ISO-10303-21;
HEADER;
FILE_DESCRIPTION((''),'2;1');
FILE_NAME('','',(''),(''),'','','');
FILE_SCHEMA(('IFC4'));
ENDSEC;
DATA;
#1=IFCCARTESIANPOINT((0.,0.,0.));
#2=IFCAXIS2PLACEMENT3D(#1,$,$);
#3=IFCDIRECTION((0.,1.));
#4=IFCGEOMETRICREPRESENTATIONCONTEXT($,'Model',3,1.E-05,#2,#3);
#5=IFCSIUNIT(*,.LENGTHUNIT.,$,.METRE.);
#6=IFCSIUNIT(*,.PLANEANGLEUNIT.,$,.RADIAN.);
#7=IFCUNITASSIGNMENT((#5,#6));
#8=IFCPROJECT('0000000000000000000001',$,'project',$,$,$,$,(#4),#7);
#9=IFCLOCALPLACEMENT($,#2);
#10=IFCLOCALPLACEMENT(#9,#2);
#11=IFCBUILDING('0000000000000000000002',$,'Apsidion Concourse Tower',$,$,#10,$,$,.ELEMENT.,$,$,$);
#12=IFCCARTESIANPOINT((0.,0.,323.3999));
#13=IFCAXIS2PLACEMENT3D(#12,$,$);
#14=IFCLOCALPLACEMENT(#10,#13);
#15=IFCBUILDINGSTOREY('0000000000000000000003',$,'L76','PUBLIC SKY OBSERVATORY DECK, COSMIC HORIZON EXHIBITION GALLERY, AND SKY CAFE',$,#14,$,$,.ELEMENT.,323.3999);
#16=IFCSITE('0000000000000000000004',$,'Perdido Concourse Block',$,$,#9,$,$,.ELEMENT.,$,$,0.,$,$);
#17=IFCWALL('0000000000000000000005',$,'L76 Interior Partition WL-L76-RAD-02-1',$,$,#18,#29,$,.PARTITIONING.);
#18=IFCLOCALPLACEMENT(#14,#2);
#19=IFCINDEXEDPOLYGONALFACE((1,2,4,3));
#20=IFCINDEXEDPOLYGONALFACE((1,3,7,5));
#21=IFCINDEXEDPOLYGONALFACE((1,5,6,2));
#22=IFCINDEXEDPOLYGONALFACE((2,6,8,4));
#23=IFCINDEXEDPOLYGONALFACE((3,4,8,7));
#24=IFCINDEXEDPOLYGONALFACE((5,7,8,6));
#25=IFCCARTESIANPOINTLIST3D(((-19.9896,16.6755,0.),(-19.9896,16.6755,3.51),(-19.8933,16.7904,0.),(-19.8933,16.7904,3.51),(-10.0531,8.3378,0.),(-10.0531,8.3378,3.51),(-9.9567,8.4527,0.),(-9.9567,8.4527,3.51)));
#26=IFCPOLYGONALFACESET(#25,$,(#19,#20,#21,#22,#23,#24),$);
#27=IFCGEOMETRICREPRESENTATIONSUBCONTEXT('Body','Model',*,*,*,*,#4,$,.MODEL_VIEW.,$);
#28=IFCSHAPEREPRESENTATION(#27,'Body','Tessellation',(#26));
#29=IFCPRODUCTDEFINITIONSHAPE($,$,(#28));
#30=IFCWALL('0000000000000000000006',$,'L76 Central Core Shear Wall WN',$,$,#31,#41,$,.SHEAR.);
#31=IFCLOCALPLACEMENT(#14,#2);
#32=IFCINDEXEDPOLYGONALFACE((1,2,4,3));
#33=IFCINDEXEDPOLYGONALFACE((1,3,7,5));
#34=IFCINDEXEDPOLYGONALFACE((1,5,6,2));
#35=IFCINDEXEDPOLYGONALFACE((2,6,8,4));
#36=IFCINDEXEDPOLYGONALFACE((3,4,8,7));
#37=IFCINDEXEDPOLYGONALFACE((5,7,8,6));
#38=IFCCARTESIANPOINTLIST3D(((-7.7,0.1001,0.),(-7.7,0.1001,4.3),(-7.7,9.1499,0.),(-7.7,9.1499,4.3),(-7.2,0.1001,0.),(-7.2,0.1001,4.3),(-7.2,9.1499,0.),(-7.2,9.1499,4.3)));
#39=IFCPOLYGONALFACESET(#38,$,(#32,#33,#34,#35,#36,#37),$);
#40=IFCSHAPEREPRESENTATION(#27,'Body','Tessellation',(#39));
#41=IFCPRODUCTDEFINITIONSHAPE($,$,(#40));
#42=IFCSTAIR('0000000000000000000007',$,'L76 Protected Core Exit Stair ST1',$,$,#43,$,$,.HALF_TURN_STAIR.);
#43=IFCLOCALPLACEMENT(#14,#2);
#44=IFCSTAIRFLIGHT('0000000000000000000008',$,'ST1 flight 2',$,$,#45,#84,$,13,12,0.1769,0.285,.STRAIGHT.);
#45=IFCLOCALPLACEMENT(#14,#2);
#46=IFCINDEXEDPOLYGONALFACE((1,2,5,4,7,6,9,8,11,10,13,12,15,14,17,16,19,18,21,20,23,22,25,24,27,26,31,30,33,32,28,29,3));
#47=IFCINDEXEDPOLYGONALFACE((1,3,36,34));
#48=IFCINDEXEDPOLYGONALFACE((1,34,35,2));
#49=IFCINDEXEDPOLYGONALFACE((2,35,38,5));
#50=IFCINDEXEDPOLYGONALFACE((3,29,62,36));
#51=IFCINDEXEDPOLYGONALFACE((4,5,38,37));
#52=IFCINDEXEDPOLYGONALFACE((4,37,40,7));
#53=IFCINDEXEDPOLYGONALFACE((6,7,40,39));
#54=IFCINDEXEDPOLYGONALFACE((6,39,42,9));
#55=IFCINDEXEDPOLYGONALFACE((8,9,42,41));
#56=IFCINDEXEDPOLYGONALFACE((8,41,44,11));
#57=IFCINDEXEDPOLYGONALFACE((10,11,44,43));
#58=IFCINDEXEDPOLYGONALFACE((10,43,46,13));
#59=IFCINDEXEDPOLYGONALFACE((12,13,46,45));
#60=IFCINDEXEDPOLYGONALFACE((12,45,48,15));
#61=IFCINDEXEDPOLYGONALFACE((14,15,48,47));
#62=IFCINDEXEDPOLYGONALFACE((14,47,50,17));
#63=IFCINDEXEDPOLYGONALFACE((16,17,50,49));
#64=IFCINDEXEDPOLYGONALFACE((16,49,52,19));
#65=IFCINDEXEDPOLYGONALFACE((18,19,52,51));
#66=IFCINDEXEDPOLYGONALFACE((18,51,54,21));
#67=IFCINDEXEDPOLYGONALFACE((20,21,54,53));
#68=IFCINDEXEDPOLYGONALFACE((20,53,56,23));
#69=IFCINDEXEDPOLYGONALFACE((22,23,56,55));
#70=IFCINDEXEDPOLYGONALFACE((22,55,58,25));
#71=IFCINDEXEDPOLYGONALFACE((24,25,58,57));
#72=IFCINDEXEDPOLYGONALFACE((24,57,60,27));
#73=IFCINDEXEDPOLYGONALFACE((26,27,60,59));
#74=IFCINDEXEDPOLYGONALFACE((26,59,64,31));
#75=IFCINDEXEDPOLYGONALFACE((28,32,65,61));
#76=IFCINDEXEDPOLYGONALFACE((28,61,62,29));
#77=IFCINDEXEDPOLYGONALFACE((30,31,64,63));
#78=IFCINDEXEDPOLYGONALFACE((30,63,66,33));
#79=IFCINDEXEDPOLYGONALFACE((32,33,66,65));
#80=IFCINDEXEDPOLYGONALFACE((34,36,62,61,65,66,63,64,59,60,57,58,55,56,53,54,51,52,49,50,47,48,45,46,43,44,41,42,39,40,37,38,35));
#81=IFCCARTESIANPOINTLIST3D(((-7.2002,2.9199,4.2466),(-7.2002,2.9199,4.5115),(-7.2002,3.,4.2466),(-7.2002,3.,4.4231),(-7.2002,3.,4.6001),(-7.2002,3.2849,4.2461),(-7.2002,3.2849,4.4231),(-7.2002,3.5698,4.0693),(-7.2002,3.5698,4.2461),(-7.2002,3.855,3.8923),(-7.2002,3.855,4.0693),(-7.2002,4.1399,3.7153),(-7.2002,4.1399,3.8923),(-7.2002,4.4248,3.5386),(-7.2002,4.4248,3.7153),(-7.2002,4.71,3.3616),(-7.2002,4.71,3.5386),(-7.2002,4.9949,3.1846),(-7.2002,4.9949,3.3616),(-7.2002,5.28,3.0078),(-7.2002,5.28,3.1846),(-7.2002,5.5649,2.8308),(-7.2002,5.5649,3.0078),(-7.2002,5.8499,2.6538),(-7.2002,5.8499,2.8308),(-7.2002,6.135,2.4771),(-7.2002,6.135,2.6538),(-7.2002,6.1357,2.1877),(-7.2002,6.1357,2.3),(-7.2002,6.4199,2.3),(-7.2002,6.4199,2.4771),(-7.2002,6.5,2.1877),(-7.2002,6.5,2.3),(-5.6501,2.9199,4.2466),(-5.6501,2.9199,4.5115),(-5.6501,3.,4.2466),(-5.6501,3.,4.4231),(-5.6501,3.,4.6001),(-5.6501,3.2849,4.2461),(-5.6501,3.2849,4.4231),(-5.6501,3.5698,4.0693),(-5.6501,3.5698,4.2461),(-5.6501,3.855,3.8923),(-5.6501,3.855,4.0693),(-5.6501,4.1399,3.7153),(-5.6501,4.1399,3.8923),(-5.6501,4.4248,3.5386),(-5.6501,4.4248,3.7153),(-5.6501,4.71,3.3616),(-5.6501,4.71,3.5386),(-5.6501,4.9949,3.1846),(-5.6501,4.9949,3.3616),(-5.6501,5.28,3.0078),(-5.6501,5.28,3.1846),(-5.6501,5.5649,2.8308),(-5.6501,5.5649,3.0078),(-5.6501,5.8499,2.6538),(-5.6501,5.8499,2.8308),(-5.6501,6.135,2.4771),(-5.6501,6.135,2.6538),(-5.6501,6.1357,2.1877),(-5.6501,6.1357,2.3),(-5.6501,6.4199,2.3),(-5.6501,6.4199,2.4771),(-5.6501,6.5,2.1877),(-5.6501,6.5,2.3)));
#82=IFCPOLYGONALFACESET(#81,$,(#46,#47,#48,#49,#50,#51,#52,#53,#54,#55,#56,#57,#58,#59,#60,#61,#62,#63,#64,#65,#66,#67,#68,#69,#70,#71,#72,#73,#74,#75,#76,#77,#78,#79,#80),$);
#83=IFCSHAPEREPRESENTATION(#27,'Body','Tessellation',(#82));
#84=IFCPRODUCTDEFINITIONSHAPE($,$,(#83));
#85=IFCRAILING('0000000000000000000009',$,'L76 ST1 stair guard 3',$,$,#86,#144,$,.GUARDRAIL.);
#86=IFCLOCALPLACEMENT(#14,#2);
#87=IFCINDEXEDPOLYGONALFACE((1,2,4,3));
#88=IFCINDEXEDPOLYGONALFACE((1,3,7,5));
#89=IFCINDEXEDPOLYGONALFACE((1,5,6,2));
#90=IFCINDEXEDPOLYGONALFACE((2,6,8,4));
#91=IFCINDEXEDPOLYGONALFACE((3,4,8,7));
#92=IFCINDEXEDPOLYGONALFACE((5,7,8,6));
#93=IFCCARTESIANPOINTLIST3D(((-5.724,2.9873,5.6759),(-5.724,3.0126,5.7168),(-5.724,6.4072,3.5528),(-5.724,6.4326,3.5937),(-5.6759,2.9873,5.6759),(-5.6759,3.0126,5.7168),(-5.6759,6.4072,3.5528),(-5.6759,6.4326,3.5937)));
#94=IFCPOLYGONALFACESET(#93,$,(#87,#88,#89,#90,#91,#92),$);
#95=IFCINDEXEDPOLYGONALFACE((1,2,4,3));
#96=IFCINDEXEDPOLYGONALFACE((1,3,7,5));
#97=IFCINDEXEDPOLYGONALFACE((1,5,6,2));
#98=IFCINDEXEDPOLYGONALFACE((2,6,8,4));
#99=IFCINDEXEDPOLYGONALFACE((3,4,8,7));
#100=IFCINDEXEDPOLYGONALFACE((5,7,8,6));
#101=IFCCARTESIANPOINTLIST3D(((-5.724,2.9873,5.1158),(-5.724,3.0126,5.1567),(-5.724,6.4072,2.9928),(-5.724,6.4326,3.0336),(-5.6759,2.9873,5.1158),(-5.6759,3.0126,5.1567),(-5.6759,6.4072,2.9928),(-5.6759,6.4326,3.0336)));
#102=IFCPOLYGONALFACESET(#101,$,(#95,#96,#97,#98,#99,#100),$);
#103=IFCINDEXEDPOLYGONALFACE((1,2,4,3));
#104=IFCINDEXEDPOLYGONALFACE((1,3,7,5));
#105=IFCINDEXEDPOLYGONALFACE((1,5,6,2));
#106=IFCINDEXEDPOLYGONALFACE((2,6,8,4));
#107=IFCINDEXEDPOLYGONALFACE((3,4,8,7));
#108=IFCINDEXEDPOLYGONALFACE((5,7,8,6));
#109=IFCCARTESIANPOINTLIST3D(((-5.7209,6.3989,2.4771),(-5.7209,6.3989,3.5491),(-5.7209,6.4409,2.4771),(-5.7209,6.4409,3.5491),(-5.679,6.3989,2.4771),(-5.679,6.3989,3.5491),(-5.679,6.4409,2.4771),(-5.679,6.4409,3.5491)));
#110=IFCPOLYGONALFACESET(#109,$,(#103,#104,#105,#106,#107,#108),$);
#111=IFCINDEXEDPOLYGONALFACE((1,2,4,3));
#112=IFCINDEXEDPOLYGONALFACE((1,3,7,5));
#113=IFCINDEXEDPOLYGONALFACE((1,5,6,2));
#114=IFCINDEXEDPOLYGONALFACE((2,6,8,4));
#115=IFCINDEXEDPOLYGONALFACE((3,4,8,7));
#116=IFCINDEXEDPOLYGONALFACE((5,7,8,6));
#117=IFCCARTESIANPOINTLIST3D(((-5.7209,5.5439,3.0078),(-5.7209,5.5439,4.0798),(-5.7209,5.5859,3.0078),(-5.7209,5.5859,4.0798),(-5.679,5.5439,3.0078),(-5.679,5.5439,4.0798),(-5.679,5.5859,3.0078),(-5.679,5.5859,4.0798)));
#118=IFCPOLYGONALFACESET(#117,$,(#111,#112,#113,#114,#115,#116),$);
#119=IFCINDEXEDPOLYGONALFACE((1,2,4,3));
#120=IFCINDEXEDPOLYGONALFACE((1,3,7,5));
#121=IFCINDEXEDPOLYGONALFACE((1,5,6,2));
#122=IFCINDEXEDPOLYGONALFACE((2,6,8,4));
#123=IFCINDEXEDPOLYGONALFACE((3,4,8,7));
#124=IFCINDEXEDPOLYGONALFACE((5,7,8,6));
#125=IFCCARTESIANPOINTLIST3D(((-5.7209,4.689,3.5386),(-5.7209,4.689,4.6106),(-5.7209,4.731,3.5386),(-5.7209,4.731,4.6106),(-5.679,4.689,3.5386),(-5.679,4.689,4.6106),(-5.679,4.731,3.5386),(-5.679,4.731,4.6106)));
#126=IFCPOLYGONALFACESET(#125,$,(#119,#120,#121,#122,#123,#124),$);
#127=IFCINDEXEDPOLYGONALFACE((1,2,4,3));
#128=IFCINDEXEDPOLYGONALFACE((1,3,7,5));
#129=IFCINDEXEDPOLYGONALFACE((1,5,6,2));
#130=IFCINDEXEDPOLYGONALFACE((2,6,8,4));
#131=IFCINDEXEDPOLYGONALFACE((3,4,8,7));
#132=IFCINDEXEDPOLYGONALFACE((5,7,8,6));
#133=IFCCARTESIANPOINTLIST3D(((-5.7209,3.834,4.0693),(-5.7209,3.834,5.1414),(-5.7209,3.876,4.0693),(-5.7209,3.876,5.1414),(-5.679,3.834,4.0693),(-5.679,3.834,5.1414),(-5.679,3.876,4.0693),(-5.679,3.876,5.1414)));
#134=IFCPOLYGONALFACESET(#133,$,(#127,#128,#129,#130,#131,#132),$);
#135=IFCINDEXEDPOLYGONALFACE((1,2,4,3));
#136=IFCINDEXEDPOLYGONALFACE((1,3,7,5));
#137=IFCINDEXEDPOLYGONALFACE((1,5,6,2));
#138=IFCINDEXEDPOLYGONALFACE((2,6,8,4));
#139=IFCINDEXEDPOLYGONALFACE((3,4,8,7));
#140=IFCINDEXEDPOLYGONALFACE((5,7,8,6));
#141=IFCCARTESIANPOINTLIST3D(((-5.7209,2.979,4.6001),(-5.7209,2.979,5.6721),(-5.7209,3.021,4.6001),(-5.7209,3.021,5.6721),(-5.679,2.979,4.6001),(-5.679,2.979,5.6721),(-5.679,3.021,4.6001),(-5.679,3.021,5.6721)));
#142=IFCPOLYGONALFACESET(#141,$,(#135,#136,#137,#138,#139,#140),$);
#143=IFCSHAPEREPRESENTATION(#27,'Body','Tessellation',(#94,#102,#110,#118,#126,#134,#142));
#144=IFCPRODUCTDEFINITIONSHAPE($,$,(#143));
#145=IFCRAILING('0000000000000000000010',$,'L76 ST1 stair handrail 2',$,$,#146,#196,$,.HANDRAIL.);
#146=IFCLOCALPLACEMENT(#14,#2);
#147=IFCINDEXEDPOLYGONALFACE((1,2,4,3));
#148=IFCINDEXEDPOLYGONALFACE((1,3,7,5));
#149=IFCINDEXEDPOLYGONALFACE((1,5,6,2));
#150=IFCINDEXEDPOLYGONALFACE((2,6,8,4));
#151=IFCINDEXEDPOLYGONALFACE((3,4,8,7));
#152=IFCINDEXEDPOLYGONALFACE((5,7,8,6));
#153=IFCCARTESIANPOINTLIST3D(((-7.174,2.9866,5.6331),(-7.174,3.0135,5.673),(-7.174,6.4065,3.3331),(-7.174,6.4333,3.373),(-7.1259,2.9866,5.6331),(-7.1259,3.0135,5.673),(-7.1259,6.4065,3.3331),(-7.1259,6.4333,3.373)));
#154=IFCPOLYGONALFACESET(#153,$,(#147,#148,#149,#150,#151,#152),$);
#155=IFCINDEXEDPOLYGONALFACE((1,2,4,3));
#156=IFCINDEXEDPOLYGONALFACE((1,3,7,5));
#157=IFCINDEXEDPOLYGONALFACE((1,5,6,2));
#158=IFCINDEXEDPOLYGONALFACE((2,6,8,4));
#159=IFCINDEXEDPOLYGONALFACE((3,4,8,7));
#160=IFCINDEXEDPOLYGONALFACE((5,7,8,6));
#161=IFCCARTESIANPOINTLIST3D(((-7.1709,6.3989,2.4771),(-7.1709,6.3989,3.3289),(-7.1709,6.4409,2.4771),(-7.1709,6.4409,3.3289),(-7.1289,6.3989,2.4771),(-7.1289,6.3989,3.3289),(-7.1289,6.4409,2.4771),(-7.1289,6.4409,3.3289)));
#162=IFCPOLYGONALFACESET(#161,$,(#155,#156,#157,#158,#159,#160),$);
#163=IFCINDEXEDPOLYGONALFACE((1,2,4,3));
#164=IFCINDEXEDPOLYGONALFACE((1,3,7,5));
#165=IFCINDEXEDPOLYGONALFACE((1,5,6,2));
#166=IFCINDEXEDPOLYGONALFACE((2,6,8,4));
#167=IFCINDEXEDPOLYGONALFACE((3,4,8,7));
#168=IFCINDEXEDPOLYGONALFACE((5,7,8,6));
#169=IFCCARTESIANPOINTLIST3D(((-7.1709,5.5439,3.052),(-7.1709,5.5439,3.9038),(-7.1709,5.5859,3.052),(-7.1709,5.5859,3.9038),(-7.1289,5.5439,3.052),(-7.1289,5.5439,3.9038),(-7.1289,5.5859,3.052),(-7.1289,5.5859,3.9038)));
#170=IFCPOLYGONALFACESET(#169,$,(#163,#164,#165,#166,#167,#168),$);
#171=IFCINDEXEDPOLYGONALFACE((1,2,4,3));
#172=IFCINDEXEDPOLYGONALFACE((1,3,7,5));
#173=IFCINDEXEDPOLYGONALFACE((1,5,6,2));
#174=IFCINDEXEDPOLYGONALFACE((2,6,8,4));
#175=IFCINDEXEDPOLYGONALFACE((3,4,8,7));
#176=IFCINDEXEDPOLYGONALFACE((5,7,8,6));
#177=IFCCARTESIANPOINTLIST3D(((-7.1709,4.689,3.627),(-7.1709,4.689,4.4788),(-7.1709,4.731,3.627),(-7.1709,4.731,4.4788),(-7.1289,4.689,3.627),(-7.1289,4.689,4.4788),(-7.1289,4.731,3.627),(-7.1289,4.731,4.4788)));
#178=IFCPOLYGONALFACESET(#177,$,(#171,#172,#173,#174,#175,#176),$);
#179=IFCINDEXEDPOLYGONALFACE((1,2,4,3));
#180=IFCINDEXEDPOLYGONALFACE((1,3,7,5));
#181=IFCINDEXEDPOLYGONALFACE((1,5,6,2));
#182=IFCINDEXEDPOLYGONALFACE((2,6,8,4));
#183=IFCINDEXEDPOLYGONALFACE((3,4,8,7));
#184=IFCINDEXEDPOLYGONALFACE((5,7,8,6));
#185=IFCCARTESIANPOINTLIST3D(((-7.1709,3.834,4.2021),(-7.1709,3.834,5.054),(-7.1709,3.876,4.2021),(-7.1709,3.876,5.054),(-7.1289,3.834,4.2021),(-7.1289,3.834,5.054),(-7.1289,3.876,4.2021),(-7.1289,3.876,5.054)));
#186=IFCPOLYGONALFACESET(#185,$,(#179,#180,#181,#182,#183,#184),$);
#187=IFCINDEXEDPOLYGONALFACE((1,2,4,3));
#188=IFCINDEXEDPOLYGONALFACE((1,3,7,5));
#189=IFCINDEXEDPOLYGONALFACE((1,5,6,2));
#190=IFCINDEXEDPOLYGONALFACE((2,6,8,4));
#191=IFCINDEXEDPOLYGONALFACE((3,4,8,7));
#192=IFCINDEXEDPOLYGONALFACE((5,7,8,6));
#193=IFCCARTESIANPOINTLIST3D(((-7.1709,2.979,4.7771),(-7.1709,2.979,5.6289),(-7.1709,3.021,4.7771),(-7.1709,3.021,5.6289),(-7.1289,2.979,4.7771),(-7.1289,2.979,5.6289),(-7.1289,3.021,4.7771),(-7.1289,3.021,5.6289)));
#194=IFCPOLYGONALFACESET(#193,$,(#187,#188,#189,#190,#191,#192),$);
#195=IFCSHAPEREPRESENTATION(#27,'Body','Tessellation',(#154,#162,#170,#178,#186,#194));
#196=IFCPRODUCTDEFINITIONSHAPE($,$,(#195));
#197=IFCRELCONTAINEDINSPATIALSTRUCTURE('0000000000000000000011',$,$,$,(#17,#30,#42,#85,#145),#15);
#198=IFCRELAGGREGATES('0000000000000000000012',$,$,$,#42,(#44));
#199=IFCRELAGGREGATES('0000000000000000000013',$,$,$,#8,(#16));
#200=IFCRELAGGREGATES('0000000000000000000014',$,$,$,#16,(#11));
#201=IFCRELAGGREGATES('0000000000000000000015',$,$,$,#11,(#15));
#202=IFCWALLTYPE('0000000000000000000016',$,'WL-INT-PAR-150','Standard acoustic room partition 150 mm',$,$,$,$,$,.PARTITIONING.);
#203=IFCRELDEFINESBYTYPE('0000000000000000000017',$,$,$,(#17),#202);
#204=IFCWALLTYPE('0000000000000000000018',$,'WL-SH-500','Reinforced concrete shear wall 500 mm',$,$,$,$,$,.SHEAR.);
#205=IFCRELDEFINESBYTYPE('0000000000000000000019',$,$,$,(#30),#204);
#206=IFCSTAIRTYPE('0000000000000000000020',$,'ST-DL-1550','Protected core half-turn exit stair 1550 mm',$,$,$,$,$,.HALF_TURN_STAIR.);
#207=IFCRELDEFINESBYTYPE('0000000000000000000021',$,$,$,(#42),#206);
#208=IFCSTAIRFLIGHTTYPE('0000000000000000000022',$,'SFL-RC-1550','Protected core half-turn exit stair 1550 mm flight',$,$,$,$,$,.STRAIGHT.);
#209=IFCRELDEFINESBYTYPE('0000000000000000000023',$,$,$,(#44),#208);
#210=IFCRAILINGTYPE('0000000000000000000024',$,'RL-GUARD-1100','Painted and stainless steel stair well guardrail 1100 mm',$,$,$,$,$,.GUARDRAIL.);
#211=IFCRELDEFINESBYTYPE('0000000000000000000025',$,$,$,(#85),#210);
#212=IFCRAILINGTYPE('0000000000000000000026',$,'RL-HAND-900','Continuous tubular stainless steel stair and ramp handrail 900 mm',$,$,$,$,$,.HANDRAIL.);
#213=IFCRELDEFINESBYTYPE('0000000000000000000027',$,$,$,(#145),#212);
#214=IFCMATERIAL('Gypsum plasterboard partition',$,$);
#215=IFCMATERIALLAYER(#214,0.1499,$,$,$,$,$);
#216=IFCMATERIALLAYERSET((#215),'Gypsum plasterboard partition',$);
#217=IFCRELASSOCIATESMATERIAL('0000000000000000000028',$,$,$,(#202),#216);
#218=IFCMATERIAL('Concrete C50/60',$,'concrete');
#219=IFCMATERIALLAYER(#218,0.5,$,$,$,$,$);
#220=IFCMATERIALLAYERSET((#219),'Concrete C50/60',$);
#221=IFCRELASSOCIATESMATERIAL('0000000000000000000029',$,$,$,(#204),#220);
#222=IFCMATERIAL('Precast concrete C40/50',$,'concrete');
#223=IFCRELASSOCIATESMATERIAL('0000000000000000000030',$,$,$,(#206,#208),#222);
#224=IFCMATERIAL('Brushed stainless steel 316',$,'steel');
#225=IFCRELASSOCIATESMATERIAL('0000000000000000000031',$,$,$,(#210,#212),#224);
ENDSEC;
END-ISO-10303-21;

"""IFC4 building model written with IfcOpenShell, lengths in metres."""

from ifc_helpers import new_model, si_unit, direction, frame, frame_2d, origin, origin_2d, place, context, subcontext, project, spatial, polyline, rectangle, outline, extrude, material, layer, layer_set, type_object, element, aggregate, save


model = new_model("IFC4")

# Units and contexts
model_context = context("Model", 3, precision=1e-05, world=origin(), true_north=direction((0.0, 1.0)))
body_context = subcontext(model_context, "Body", "Model", "MODEL_VIEW")
ifc_project = project(units=[si_unit("LENGTHUNIT", "METRE"), si_unit("PLANEANGLEUNIT", "RADIAN")], contexts=[model_context])

# Site, building, storey
site_placement = place(None, origin())
site = spatial("IfcSite", under=ifc_project, at=site_placement, Name="Perdido Concourse Block", CompositionType="ELEMENT", RefElevation=0.0)
building_placement = place(site_placement, origin())
building = spatial("IfcBuilding", under=site, at=building_placement, Name="Apsidion Concourse Tower", CompositionType="ELEMENT")
storey_placement = place(building_placement, frame((0.0, 0.0, 323.3999)))
storey = spatial("IfcBuildingStorey", under=building, at=storey_placement, Name="L76", Description="PUBLIC SKY OBSERVATORY DECK, COSMIC HORIZON EXHIBITION GALLERY, AND SKY CAFE", CompositionType="ELEMENT", Elevation=323.3999)

# Shared definitions
ifc_material_1 = material(Name="Concrete C50/60", Category="concrete")

# Wall
ifc_material_2 = material(Name="Gypsum plasterboard partition")
ifc_layer_1 = layer(ifc_material_2, 0.1499)
ifc_layer_set_1 = layer_set([ifc_layer_1], Name="Gypsum plasterboard partition")
wall_type_1 = type_object("IfcWallType", Name="WL-INT-PAR-150", Description="Standard acoustic room partition 150 mm", PredefinedType="PARTITIONING", material=ifc_layer_set_1)
wall_1_placement = place(storey_placement, frame((-10.0049, 8.3953, 0.0), z_axis=(0.0, 0.0, 1.0), x_axis=(-0.766048, 0.642784, 0.0)))
element("IfcWall", 1, at=wall_1_placement, inside=storey, type_object=wall_type_1, Name="L76 Interior Partition WL-L76-RAD-02-1", PredefinedType="PARTITIONING", context=body_context, shape_type="SweptSolid", body=[
    extrude(rectangle(XDim=12.9712, YDim=0.1499, at=frame_2d((6.4856, 0.0))), origin(), (0.0, 0.0, 1.0), 3.51),
])

# Shared definitions
ifc_material_3 = material(Name="Brushed stainless steel 316", Category="steel")

# Wall
ifc_layer_2 = layer(ifc_material_1, 0.5)
ifc_layer_set_2 = layer_set([ifc_layer_2], Name="Concrete C50/60")
wall_type_2 = type_object("IfcWallType", Name="WL-SH-500", Description="Reinforced concrete shear wall 500 mm", PredefinedType="SHEAR", material=ifc_layer_set_2)
wall_2_placement = place(storey_placement, frame((-7.45, 0.1001, 0.0), z_axis=(0.0, 0.0, 1.0), x_axis=(0.0, 1.0, 0.0)))
element("IfcWall", 2, at=wall_2_placement, inside=storey, type_object=wall_type_2, Name="L76 Central Core Shear Wall WN", PredefinedType="SHEAR", context=body_context, shape_type="SweptSolid", body=[
    extrude(rectangle(XDim=9.0498, YDim=0.5, at=frame_2d((4.5249, 0.0))), origin(), (0.0, 0.0, 1.0), 4.3),
])

# Stair, stair flight
ifc_material_4 = material(Name="Precast concrete C40/50", Category="concrete")
stair_type = type_object("IfcStairType", Name="ST-DL-1550", Description="Protected core half-turn exit stair 1550 mm", PredefinedType="HALF_TURN_STAIR", material=ifc_material_4)
stair_placement = place(storey_placement, origin())
stair = element("IfcStair", 3, at=stair_placement, inside=storey, type_object=stair_type, Name="L76 Protected Core Exit Stair ST1", PredefinedType="HALF_TURN_STAIR")
stair_flight_type = type_object("IfcStairFlightType", Name="SFL-RC-1550", Description="Protected core half-turn exit stair 1550 mm flight", PredefinedType="STRAIGHT", material=ifc_material_4)
stair_flight_placement = place(storey_placement, frame((-6.425, 6.4199, 2.3), z_axis=(0.0, 0.0, 1.0), x_axis=(0.0, -1.0, 0.0)))
stair_flight = element("IfcStairFlight", 4, at=stair_flight_placement, type_object=stair_flight_type, Name="ST1 flight 2", NumberOfRisers=13, NumberOfTreads=12, PredefinedType="STRAIGHT", RiserHeight=0.1769, TreadLength=0.285, context=body_context, shape_type="SweptSolid", body=[
    extrude(outline(polyline([(-0.0801, -0.1123), (-0.0801, 0.0), (0.0, 0.0), (0.0, 0.177), (0.2849, 0.177), (0.2849, 0.3538), (0.5701, 0.3538), (0.5701, 0.5308), (0.855, 0.5308), (0.855, 0.7078), (1.1399, 0.7078), (1.1399, 0.8845), (1.425, 0.8845), (1.425, 1.0615), (1.71, 1.0615), (1.71, 1.2385), (1.9951, 1.2385), (1.9951, 1.4153), (2.28, 1.4153), (2.28, 1.5923), (2.5649, 1.5923), (2.5649, 1.7693), (2.8501, 1.7693), (2.8501, 1.946), (3.135, 1.946), (3.135, 2.123), (3.4199, 2.123), (3.4199, 2.3), (3.5, 2.2114), (3.5, 1.9465), (3.4199, 1.9465), (0.2842, 0.0), (0.2842, -0.1123), (-0.0801, -0.1123)])), frame((0.0, 0.7749, 0.0), z_axis=(0.0, -1.0, 0.0), x_axis=(1.0, 0.0, 0.0)), (0.0, 0.0, 1.0), 1.55),
])
aggregate(stair, [stair_flight])

# Railings
railing_type_1 = type_object("IfcRailingType", Name="RL-GUARD-1100", Description="Painted and stainless steel stair well guardrail 1100 mm", PredefinedType="GUARDRAIL", material=ifc_material_3)
railing_1_placement = place(storey_placement, frame((-5.7, 6.4199, 2.4771)))
element("IfcRailing", 5, at=railing_1_placement, inside=storey, type_object=railing_type_1, Name="L76 ST1 stair guard 3", PredefinedType="GUARDRAIL", context=body_context, shape_type="SweptSolid", body=[
    extrude(rectangle(XDim=0.0481, YDim=0.0481, at=origin_2d()), frame((0.0, 0.0, 1.0962), z_axis=(0.0, -0.849603, 0.527423), x_axis=(1.0, 0.0, 0.0)), (0.0, 0.0, 1.0), 4.0254),
    extrude(rectangle(XDim=0.0481, YDim=0.0481, at=origin_2d()), frame((0.0, 0.0, 0.5361), z_axis=(0.0, -0.849603, 0.527423), x_axis=(1.0, 0.0, 0.0)), (0.0, 0.0, 1.0), 4.0254),
    extrude(rectangle(XDim=0.042, YDim=0.042, at=origin_2d()), origin(), (0.0, 0.0, 1.0), 1.072),
    extrude(rectangle(XDim=0.042, YDim=0.042, at=origin_2d()), frame((0.0, -0.855, 0.5308)), (0.0, 0.0, 1.0), 1.072),
    extrude(rectangle(XDim=0.042, YDim=0.042, at=origin_2d()), frame((0.0, -1.71, 1.0615)), (0.0, 0.0, 1.0), 1.072),
    extrude(rectangle(XDim=0.042, YDim=0.042, at=origin_2d()), frame((0.0, -2.5649, 1.5923)), (0.0, 0.0, 1.0), 1.072),
    extrude(rectangle(XDim=0.042, YDim=0.042, at=origin_2d()), frame((0.0, -3.4199, 2.123)), (0.0, 0.0, 1.0), 1.072),
])
railing_type_2 = type_object("IfcRailingType", Name="RL-HAND-900", Description="Continuous tubular stainless steel stair and ramp handrail 900 mm", PredefinedType="HANDRAIL", material=ifc_material_3)
railing_2_placement = place(storey_placement, frame((-7.1499, 6.4199, 2.4771)))
element("IfcRailing", 6, at=railing_2_placement, inside=storey, type_object=railing_type_2, Name="L76 ST1 stair handrail 2", PredefinedType="HANDRAIL", context=body_context, shape_type="SweptSolid", body=[
    extrude(rectangle(XDim=0.0481, YDim=0.0481, at=origin_2d()), frame((0.0, 0.0, 0.876), z_axis=(0.0, -0.829792, 0.558072), x_axis=(1.0, 0.0, 0.0)), (0.0, 0.0, 1.0), 4.1213),
    extrude(rectangle(XDim=0.042, YDim=0.042, at=origin_2d()), origin(), (0.0, 0.0, 1.0), 0.8518),
    extrude(rectangle(XDim=0.042, YDim=0.042, at=origin_2d()), frame((0.0, -0.855, 0.575)), (0.0, 0.0, 1.0), 0.8518),
    extrude(rectangle(XDim=0.042, YDim=0.042, at=origin_2d()), frame((0.0, -1.71, 1.1499)), (0.0, 0.0, 1.0), 0.8518),
    extrude(rectangle(XDim=0.042, YDim=0.042, at=origin_2d()), frame((0.0, -2.5649, 1.7251)), (0.0, 0.0, 1.0), 0.8518),
    extrude(rectangle(XDim=0.042, YDim=0.042, at=origin_2d()), frame((0.0, -3.4199, 2.3)), (0.0, 0.0, 1.0), 0.8518),
])

save(model, "model.ifc")
